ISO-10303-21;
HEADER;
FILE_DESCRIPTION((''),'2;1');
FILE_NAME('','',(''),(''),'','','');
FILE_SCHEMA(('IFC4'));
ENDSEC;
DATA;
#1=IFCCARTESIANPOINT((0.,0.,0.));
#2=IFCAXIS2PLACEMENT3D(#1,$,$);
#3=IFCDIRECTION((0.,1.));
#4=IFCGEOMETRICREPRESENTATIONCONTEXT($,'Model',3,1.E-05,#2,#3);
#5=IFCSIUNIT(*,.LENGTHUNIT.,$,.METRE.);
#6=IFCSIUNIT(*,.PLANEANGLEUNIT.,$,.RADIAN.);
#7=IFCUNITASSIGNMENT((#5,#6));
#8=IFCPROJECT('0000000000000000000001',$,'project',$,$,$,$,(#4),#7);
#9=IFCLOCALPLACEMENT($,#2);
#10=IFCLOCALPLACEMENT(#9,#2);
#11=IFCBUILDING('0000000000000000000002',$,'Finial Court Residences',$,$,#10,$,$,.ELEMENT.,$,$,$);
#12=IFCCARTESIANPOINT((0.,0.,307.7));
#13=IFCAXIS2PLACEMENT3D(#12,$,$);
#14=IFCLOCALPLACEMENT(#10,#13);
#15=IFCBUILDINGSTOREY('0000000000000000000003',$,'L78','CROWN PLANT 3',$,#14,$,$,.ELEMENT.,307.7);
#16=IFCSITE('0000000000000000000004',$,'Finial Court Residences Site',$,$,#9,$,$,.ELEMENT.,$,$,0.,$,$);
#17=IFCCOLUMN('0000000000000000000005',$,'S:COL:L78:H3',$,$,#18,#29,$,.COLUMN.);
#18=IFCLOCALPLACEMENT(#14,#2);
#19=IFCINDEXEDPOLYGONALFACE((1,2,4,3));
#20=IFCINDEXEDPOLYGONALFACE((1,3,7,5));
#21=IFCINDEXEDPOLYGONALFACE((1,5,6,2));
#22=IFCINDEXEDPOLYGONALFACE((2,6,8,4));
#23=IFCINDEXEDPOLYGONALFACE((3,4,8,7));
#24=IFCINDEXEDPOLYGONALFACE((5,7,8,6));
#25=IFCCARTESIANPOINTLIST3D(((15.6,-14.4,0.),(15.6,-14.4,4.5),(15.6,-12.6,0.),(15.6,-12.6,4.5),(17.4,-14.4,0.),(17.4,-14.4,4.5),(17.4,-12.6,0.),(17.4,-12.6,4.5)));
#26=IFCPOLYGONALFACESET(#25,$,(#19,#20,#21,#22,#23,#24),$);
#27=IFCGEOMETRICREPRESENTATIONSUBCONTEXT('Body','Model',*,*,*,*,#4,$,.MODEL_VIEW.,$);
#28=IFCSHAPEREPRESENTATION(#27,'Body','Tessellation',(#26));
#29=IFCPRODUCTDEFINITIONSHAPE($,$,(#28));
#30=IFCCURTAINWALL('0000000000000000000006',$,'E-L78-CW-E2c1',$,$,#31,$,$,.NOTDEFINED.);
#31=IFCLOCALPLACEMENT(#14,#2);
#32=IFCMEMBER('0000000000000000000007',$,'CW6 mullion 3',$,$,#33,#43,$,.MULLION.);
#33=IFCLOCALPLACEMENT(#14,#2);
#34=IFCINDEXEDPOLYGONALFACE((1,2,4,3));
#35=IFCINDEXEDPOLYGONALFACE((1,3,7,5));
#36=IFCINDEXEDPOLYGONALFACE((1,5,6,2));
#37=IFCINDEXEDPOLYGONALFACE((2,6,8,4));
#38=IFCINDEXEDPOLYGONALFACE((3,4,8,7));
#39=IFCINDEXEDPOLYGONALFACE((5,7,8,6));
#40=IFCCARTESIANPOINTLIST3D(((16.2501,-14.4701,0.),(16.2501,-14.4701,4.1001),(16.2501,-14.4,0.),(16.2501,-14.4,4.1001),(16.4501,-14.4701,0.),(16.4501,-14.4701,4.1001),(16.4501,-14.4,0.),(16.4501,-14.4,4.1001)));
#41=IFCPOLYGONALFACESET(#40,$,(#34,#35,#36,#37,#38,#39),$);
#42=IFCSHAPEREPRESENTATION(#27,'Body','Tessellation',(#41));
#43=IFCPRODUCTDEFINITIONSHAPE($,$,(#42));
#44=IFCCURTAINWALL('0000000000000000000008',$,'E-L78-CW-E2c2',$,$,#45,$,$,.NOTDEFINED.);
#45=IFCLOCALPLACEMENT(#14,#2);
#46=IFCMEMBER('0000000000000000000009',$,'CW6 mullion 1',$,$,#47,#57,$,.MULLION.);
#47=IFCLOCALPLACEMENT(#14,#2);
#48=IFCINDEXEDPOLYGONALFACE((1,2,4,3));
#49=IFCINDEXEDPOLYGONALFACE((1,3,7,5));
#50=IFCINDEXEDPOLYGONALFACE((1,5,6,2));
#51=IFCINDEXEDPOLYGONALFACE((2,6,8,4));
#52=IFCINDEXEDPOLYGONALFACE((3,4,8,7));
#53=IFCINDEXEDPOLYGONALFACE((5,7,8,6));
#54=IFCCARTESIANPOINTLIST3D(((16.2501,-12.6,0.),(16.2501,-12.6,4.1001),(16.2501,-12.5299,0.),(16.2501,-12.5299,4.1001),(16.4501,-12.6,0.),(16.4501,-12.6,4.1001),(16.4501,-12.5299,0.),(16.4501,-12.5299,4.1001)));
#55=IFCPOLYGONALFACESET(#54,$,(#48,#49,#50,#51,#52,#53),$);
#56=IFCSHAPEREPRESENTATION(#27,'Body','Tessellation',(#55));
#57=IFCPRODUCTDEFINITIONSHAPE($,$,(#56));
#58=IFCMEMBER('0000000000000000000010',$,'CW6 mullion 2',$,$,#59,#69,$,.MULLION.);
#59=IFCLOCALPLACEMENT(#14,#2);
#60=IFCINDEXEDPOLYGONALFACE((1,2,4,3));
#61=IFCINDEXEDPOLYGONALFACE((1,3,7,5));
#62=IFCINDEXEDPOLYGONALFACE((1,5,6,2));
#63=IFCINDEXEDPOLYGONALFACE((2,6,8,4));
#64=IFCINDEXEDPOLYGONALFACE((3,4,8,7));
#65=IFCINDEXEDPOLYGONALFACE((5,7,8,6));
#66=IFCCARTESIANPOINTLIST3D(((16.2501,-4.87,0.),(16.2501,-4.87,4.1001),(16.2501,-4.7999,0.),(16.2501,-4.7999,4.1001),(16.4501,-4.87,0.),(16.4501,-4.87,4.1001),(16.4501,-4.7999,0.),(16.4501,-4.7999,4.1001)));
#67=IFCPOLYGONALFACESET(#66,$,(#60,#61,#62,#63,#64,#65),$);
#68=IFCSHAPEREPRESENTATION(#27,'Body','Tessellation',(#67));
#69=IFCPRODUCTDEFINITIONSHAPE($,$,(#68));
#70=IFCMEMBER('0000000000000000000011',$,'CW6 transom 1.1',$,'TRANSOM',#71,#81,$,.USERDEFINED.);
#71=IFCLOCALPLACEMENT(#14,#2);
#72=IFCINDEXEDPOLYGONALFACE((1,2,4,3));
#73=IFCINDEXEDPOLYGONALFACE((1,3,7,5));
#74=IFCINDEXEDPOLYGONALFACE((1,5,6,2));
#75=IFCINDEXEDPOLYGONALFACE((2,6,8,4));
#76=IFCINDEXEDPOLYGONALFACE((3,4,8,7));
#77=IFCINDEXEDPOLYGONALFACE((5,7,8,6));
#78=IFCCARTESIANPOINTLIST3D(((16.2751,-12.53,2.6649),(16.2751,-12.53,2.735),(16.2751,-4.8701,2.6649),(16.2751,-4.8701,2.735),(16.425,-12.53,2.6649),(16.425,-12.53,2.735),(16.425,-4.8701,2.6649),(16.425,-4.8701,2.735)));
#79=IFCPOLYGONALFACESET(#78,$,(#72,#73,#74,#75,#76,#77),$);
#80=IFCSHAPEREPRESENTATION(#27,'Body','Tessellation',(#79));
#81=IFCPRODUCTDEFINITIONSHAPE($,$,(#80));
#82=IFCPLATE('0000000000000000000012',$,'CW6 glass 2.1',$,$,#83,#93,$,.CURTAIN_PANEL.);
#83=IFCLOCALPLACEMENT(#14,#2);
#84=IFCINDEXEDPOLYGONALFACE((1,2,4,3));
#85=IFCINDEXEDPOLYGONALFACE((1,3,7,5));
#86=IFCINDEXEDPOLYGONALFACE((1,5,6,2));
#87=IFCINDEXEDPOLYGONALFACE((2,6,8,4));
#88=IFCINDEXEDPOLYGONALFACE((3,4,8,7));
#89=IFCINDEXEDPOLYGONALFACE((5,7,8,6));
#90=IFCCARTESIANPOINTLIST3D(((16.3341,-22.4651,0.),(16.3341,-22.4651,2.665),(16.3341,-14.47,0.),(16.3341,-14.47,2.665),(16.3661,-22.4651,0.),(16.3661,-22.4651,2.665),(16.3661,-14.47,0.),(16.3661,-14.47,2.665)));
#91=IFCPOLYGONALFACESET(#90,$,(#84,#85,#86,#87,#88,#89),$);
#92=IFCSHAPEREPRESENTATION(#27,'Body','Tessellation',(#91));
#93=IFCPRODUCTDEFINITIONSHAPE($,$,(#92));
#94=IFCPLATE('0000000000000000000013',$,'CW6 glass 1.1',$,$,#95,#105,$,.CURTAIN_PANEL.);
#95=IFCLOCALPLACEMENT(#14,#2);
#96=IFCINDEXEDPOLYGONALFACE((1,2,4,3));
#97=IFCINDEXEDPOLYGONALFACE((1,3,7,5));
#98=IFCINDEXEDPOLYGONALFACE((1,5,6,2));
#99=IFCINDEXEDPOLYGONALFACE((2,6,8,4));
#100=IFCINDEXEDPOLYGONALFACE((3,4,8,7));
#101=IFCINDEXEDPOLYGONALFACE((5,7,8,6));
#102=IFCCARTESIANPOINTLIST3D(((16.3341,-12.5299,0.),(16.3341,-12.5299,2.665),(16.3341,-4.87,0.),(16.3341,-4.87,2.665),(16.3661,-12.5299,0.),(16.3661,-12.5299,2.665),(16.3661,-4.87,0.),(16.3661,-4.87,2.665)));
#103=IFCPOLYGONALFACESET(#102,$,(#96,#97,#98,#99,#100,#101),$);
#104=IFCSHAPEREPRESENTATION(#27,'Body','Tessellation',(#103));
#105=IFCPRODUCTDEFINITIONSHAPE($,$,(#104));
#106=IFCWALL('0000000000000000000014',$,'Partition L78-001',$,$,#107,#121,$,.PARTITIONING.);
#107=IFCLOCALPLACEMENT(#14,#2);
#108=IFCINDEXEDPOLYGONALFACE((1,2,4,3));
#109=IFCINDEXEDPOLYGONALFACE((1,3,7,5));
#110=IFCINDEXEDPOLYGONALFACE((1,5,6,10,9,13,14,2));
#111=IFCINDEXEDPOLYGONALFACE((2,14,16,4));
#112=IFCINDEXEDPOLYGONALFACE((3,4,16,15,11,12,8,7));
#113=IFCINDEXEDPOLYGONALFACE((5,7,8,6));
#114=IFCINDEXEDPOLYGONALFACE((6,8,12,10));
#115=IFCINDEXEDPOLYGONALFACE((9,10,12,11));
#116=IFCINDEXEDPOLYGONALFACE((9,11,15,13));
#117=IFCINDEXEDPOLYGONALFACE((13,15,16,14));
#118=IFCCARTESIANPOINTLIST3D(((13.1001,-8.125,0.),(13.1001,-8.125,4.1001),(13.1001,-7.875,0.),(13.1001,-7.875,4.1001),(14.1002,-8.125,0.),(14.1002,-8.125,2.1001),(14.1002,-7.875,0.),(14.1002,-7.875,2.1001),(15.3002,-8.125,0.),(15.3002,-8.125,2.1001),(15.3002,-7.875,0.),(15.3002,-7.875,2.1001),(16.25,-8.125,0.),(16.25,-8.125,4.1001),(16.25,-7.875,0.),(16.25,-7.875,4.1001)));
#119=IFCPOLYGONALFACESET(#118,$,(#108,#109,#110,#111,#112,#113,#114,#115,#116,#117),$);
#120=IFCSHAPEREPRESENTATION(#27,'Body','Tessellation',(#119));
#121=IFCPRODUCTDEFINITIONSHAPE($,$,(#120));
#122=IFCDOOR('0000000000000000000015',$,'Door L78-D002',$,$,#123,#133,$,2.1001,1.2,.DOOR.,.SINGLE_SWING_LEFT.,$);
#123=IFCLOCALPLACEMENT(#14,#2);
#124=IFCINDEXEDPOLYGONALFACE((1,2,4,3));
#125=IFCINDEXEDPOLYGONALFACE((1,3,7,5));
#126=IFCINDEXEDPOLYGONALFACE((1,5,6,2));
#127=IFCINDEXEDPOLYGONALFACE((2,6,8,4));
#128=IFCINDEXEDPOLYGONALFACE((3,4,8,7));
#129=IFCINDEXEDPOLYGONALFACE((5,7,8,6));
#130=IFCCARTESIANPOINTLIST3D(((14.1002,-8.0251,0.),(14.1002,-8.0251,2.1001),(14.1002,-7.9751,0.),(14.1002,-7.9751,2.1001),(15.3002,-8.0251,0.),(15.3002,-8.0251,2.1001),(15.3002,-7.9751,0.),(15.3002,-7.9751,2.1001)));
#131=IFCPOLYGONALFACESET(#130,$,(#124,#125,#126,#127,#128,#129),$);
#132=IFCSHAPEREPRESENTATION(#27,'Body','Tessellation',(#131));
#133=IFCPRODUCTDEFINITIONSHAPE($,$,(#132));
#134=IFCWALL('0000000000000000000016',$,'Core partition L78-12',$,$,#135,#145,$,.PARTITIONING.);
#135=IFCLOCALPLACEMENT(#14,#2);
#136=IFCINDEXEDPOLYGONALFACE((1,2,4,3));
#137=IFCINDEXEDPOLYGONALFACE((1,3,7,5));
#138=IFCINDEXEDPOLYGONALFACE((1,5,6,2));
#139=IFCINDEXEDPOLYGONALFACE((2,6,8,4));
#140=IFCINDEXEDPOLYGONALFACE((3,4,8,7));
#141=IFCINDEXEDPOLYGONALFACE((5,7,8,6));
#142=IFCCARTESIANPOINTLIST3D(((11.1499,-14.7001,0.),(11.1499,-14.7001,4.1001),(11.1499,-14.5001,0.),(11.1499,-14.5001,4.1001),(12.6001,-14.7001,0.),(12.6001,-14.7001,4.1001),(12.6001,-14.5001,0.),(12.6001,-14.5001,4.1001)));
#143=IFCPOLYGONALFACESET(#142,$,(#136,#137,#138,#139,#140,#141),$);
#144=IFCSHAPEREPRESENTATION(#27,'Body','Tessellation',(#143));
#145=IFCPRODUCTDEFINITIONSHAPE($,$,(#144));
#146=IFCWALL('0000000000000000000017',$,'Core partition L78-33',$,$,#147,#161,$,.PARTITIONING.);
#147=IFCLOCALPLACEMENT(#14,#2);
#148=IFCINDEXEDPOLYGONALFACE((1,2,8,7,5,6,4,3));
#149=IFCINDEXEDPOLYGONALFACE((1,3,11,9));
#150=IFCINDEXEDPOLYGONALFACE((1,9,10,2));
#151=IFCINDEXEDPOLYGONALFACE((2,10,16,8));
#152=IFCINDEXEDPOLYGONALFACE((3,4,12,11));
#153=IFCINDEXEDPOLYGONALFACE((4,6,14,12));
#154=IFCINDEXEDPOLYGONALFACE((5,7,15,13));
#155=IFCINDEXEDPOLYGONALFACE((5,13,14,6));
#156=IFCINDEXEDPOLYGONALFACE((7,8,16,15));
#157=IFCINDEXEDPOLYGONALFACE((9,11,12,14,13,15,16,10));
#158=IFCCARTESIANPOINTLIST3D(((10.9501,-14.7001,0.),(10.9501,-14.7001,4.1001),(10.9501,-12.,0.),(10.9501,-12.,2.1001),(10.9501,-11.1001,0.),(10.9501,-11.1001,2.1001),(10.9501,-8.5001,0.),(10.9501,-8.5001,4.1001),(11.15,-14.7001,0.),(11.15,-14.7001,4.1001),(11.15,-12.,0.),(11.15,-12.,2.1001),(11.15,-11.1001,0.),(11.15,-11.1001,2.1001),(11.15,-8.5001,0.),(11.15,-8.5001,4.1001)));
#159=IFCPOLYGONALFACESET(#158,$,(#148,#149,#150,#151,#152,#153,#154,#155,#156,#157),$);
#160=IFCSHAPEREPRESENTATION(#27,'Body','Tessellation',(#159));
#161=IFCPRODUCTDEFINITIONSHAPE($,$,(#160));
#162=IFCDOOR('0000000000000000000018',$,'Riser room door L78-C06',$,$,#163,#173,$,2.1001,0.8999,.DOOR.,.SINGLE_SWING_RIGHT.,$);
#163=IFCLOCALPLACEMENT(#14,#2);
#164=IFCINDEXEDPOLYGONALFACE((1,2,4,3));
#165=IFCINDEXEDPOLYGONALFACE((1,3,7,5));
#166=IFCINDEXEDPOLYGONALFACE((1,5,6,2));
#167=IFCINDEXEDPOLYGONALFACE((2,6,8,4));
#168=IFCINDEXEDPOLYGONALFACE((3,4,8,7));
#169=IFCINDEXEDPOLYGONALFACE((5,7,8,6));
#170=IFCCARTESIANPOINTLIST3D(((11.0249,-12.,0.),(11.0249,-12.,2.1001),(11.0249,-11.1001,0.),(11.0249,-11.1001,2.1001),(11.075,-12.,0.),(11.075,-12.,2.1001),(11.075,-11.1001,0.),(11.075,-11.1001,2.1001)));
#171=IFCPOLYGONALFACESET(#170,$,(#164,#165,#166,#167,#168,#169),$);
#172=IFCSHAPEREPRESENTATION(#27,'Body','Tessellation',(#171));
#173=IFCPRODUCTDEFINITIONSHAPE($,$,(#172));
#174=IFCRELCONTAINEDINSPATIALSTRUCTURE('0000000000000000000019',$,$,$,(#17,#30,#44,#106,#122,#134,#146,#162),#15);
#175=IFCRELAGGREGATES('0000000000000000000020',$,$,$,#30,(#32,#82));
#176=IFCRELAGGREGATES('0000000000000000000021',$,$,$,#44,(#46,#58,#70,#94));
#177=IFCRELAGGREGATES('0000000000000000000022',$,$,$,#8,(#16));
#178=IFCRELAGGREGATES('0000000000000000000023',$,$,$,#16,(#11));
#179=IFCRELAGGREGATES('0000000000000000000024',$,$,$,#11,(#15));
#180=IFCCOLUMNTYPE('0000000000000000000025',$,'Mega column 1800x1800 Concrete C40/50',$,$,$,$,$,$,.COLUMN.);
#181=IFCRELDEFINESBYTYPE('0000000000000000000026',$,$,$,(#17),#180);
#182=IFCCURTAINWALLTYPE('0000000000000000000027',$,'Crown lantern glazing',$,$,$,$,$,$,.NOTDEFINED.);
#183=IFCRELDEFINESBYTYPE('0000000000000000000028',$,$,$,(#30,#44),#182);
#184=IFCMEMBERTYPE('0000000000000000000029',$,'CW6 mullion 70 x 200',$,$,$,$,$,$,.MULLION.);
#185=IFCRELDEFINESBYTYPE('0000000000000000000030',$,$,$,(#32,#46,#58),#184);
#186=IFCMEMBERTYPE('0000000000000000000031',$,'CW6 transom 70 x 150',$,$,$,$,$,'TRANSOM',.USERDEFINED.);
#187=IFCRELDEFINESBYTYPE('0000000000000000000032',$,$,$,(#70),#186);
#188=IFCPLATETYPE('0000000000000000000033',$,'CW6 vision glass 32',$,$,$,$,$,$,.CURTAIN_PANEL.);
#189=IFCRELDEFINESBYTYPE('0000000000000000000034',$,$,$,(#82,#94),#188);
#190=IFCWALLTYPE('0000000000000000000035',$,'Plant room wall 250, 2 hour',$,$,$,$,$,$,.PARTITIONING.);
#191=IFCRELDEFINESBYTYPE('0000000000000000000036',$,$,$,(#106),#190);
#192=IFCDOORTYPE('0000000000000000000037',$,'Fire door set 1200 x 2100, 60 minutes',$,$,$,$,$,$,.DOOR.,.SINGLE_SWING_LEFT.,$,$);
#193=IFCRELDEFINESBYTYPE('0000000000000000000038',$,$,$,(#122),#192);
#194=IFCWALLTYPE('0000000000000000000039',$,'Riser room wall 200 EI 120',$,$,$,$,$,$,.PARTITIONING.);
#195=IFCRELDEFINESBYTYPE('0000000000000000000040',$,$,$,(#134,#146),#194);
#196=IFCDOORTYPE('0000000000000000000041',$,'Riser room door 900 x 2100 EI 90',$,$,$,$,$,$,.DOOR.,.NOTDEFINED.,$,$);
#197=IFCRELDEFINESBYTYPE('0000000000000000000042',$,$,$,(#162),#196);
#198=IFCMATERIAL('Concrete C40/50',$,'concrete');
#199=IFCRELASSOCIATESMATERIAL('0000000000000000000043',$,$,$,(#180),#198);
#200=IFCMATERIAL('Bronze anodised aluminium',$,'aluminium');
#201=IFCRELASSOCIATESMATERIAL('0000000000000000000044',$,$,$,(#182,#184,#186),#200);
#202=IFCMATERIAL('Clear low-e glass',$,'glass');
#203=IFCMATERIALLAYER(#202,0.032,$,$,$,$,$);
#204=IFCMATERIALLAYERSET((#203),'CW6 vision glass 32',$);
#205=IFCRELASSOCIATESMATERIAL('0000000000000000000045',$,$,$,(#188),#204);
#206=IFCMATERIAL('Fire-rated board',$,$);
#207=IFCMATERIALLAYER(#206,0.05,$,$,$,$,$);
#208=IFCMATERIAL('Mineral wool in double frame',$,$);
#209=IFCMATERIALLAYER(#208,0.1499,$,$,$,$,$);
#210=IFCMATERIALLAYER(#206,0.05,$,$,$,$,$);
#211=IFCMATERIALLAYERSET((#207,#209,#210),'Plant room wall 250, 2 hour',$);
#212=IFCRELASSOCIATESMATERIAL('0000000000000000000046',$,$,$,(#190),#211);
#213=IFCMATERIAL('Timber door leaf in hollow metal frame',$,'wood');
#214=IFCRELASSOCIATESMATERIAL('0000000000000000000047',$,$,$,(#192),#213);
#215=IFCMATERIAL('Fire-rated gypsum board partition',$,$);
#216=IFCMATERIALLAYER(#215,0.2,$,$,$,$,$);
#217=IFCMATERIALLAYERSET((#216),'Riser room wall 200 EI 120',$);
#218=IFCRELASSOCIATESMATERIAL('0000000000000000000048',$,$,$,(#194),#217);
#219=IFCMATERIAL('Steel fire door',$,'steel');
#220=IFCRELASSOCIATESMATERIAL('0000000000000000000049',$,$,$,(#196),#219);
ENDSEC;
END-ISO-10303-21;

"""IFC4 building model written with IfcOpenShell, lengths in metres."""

from ifc_helpers import new_model, si_unit, direction, frame, frame_2d, origin, origin_2d, place, context, subcontext, project, spatial, rectangle, extrude, material, layer, layer_set, material_profile, profile_set, type_object, element, fill, aggregate, save


model = new_model("IFC4")

# Units and contexts
model_context = context("Model", 3, precision=1e-05, world=origin(), true_north=direction((0.0, 1.0)))
body_context = subcontext(model_context, "Body", "Model", "MODEL_VIEW")
ifc_project = project(units=[si_unit("LENGTHUNIT", "METRE"), si_unit("PLANEANGLEUNIT", "RADIAN")], contexts=[model_context])

# Site, building, storey
site_placement = place(None, origin())
site = spatial("IfcSite", under=ifc_project, at=site_placement, Name="Finial Court Residences Site", CompositionType="ELEMENT", RefElevation=0.0)
building_placement = place(site_placement, origin())
building = spatial("IfcBuilding", under=site, at=building_placement, Name="Finial Court Residences", CompositionType="ELEMENT")
storey_placement = place(building_placement, frame((0.0, 0.0, 307.7)))
storey = spatial("IfcBuildingStorey", under=building, at=storey_placement, Name="L78", Description="CROWN PLANT 3", CompositionType="ELEMENT", Elevation=307.7)

# Column
ifc_material_1 = material(Name="Concrete C40/50", Category="concrete")
ifc_material_profile_1 = material_profile(ifc_material_1, rectangle(XDim=1.8, YDim=1.8, at=origin_2d()), Name="1800x1800")
ifc_profile_set_1 = profile_set([ifc_material_profile_1], Name="Concrete C40/50")
column_type = type_object("IfcColumnType", Name="Mega column 1800x1800 Concrete C40/50", PredefinedType="COLUMN", material=ifc_profile_set_1)
column_placement = place(storey_placement, frame((16.5, -13.5, 0.0), z_axis=(0.0, 0.0, 1.0), x_axis=(1.0, 0.0, 0.0)))
element("IfcColumn", 1, at=column_placement, inside=storey, type_object=column_type, Name="S:COL:L78:H3", PredefinedType="COLUMN", context=body_context, shape_type="SweptSolid", body=[
    extrude(rectangle(XDim=1.8, YDim=1.8, at=origin_2d()), origin(), (0.0, 0.0, 1.0), 4.5),
])

# Curtain wall, member
ifc_material_2 = material(Name="Bronze anodised aluminium", Category="aluminium")
curtain_wall_type = type_object("IfcCurtainWallType", Name="Crown lantern glazing", PredefinedType="NOTDEFINED", material=ifc_material_2)
curtain_wall_1_placement = place(storey_placement, origin())
curtain_wall_1 = element("IfcCurtainWall", 2, at=curtain_wall_1_placement, inside=storey, type_object=curtain_wall_type, Name="E-L78-CW-E2c1", PredefinedType="NOTDEFINED")
ifc_material_profile_2 = material_profile(ifc_material_2, rectangle(XDim=0.2, YDim=0.0701, at=origin_2d()), Name="CW6 mullion 70 x 200")
ifc_profile_set_2 = profile_set([ifc_material_profile_2], Name="Bronze anodised aluminium")
member_type_1 = type_object("IfcMemberType", Name="CW6 mullion 70 x 200", PredefinedType="MULLION", material=ifc_profile_set_2)
member_1_placement = place(storey_placement, frame((16.3501, -14.4351, 0.0), z_axis=(0.0, 0.0, 1.0), x_axis=(-1.0, 0.0, 0.0)))
member_1 = element("IfcMember", 3, at=member_1_placement, type_object=member_type_1, Name="CW6 mullion 3", PredefinedType="MULLION", context=body_context, shape_type="SweptSolid", body=[
    extrude(rectangle(XDim=0.2, YDim=0.0701, at=origin_2d()), origin(), (0.0, 0.0, 1.0), 4.1001),
])

# Curtain wall, members
curtain_wall_2_placement = place(storey_placement, origin())
curtain_wall_2 = element("IfcCurtainWall", 4, at=curtain_wall_2_placement, inside=storey, type_object=curtain_wall_type, Name="E-L78-CW-E2c2", PredefinedType="NOTDEFINED")
member_2_placement = place(storey_placement, frame((16.3501, -12.5649, 0.0), z_axis=(0.0, 0.0, 1.0), x_axis=(-1.0, 0.0, 0.0)))
member_2 = element("IfcMember", 5, at=member_2_placement, type_object=member_type_1, Name="CW6 mullion 1", PredefinedType="MULLION", context=body_context, shape_type="SweptSolid", body=[
    extrude(rectangle(XDim=0.2, YDim=0.0701, at=origin_2d()), origin(), (0.0, 0.0, 1.0), 4.1001),
])
member_3_placement = place(storey_placement, frame((16.3501, -4.835, 0.0), z_axis=(0.0, 0.0, 1.0), x_axis=(-1.0, 0.0, 0.0)))
member_3 = element("IfcMember", 6, at=member_3_placement, type_object=member_type_1, Name="CW6 mullion 2", PredefinedType="MULLION", context=body_context, shape_type="SweptSolid", body=[
    extrude(rectangle(XDim=0.2, YDim=0.0701, at=origin_2d()), origin(), (0.0, 0.0, 1.0), 4.1001),
])
ifc_material_profile_3 = material_profile(ifc_material_2, rectangle(XDim=0.1499, YDim=0.0701, at=origin_2d()), Name="CW6 transom 70 x 150")
ifc_profile_set_3 = profile_set([ifc_material_profile_3], Name="Bronze anodised aluminium")
member_type_2 = type_object("IfcMemberType", Name="CW6 transom 70 x 150", ElementType="TRANSOM", PredefinedType="USERDEFINED", material=ifc_profile_set_3)
member_4_placement = place(storey_placement, frame((16.3501, -12.53, 2.7), z_axis=(0.0, 1.0, 0.0), x_axis=(-1.0, 0.0, 0.0)))
member_4 = element("IfcMember", 7, at=member_4_placement, type_object=member_type_2, Name="CW6 transom 1.1", ObjectType="TRANSOM", PredefinedType="USERDEFINED", context=body_context, shape_type="SweptSolid", body=[
    extrude(rectangle(XDim=0.1499, YDim=0.0701, at=origin_2d()), origin(), (0.0, 0.0, 1.0), 7.6599),
])

# Plates
ifc_material_3 = material(Name="Clear low-e glass", Category="glass")
ifc_layer_1 = layer(ifc_material_3, 0.032)
ifc_layer_set_1 = layer_set([ifc_layer_1], Name="CW6 vision glass 32")
plate_type = type_object("IfcPlateType", Name="CW6 vision glass 32", PredefinedType="CURTAIN_PANEL", material=ifc_layer_set_1)
plate_1_placement = place(storey_placement, frame((16.3501, -18.4675, 0.0), z_axis=(0.0, 0.0, 1.0), x_axis=(0.0, 1.0, 0.0)))
plate_1 = element("IfcPlate", 8, at=plate_1_placement, type_object=plate_type, Name="CW6 glass 2.1", PredefinedType="CURTAIN_PANEL", context=body_context, shape_type="SweptSolid", body=[
    extrude(rectangle(XDim=7.9951, YDim=0.032, at=origin_2d()), origin(), (0.0, 0.0, 1.0), 2.665),
])
plate_2_placement = place(storey_placement, frame((16.3501, -8.7, 0.0), z_axis=(0.0, 0.0, 1.0), x_axis=(0.0, 1.0, 0.0)))
plate_2 = element("IfcPlate", 9, at=plate_2_placement, type_object=plate_type, Name="CW6 glass 1.1", PredefinedType="CURTAIN_PANEL", context=body_context, shape_type="SweptSolid", body=[
    extrude(rectangle(XDim=7.6599, YDim=0.032, at=origin_2d()), origin(), (0.0, 0.0, 1.0), 2.665),
])

# Wall, opening, door
ifc_material_4 = material(Name="Fire-rated board")
ifc_layer_2 = layer(ifc_material_4, 0.05)
ifc_material_5 = material(Name="Mineral wool in double frame")
ifc_layer_3 = layer(ifc_material_5, 0.1499)
ifc_layer_4 = layer(ifc_material_4, 0.05)
ifc_layer_set_2 = layer_set([ifc_layer_2, ifc_layer_3, ifc_layer_4], Name="Plant room wall 250, 2 hour")
wall_type_1 = type_object("IfcWallType", Name="Plant room wall 250, 2 hour", PredefinedType="PARTITIONING", material=ifc_layer_set_2)
wall_1_placement = place(storey_placement, frame((13.1001, -8.0, 0.0), z_axis=(0.0, 0.0, 1.0), x_axis=(1.0, 0.0, 0.0)))
wall_1 = element("IfcWall", 10, at=wall_1_placement, inside=storey, type_object=wall_type_1, Name="Partition L78-001", PredefinedType="PARTITIONING", context=body_context, shape_type="SweptSolid", body=[
    extrude(rectangle(XDim=3.1499, YDim=0.25, at=frame_2d((1.575, 0.0))), origin(), (0.0, 0.0, 1.0), 4.1001),
])
opening_1_placement = place(wall_1_placement, frame((1.0, 0.0, 0.0)))
opening_1 = element("IfcOpeningElement", 11, at=opening_1_placement, cuts=wall_1, PredefinedType="OPENING", context=body_context, shape_type="SweptSolid", body=[
    extrude(rectangle(XDim=1.2, YDim=2.1001, at=frame_2d((0.6001, 1.05))), frame((0.0, 0.135, 0.0), z_axis=(0.0, -1.0, 0.0), x_axis=(1.0, 0.0, 0.0)), (0.0, 0.0, 1.0), 0.27),
])
ifc_material_6 = material(Name="Timber door leaf in hollow metal frame", Category="wood")
door_type_1 = type_object("IfcDoorType", Name="Fire door set 1200 x 2100, 60 minutes", OperationType="SINGLE_SWING_LEFT", PredefinedType="DOOR", material=ifc_material_6)
door_1_placement = place(opening_1_placement, origin())
door_1 = element("IfcDoor", 12, at=door_1_placement, inside=storey, type_object=door_type_1, Name="Door L78-D002", OperationType="SINGLE_SWING_LEFT", OverallHeight=2.1001, OverallWidth=1.2, PredefinedType="DOOR", context=body_context, shape_type="SweptSolid", body=[
    extrude(rectangle(XDim=1.2, YDim=2.1001, at=frame_2d((0.6001, 1.05))), frame((0.0, 0.0249, 0.0), z_axis=(0.0, -1.0, 0.0), x_axis=(1.0, 0.0, 0.0)), (0.0, 0.0, 1.0), 0.05),
])
fill(opening_1, door_1)

# Wall
ifc_material_7 = material(Name="Fire-rated gypsum board partition")
ifc_layer_5 = layer(ifc_material_7, 0.2)
ifc_layer_set_3 = layer_set([ifc_layer_5], Name="Riser room wall 200 EI 120")
wall_type_2 = type_object("IfcWallType", Name="Riser room wall 200 EI 120", PredefinedType="PARTITIONING", material=ifc_layer_set_3)
wall_2_placement = place(storey_placement, frame((11.1499, -14.6001, 0.0), z_axis=(0.0, 0.0, 1.0), x_axis=(1.0, 0.0, 0.0)))
element("IfcWall", 13, at=wall_2_placement, inside=storey, type_object=wall_type_2, Name="Core partition L78-12", PredefinedType="PARTITIONING", context=body_context, shape_type="SweptSolid", body=[
    extrude(rectangle(XDim=1.4502, YDim=0.2, at=frame_2d((0.7251, 0.0))), origin(), (0.0, 0.0, 1.0), 4.1001),
])

# Wall, opening, door
wall_3_placement = place(storey_placement, frame((11.05, -8.5, 0.0), z_axis=(0.0, 0.0, 1.0), x_axis=(0.0, -1.0, 0.0)))
wall_3 = element("IfcWall", 14, at=wall_3_placement, inside=storey, type_object=wall_type_2, Name="Core partition L78-33", PredefinedType="PARTITIONING", context=body_context, shape_type="SweptSolid", body=[
    extrude(rectangle(XDim=6.2, YDim=0.2, at=frame_2d((3.1001, 0.0))), origin(), (0.0, 0.0, 1.0), 4.1001),
])
opening_2_placement = place(wall_3_placement, frame((2.6001, 0.0, 0.0)))
opening_2 = element("IfcOpeningElement", 15, at=opening_2_placement, cuts=wall_3, PredefinedType="OPENING", context=body_context, shape_type="SweptSolid", body=[
    extrude(rectangle(XDim=0.8999, YDim=2.1001, at=frame_2d((0.45, 1.05))), frame((0.0, 0.1099, 0.0), z_axis=(0.0, -1.0, 0.0), x_axis=(1.0, 0.0, 0.0)), (0.0, 0.0, 1.0), 0.22),
])
ifc_material_8 = material(Name="Steel fire door", Category="steel")
door_type_2 = type_object("IfcDoorType", Name="Riser room door 900 x 2100 EI 90", OperationType="NOTDEFINED", PredefinedType="DOOR", material=ifc_material_8)
door_2_placement = place(opening_2_placement, origin())
door_2 = element("IfcDoor", 16, at=door_2_placement, inside=storey, type_object=door_type_2, Name="Riser room door L78-C06", OperationType="SINGLE_SWING_RIGHT", OverallHeight=2.1001, OverallWidth=0.8999, PredefinedType="DOOR", context=body_context, shape_type="SweptSolid", body=[
    extrude(rectangle(XDim=0.8999, YDim=2.1001, at=frame_2d((0.45, 1.05))), frame((0.0, 0.0249, 0.0), z_axis=(0.0, -1.0, 0.0), x_axis=(1.0, 0.0, 0.0)), (0.0, 0.0, 1.0), 0.05),
])
fill(opening_2, door_2)

aggregate(curtain_wall_1, [member_1, plate_1])
aggregate(curtain_wall_2, [member_2, member_3, member_4, plate_2])

save(model, "model.ifc")
